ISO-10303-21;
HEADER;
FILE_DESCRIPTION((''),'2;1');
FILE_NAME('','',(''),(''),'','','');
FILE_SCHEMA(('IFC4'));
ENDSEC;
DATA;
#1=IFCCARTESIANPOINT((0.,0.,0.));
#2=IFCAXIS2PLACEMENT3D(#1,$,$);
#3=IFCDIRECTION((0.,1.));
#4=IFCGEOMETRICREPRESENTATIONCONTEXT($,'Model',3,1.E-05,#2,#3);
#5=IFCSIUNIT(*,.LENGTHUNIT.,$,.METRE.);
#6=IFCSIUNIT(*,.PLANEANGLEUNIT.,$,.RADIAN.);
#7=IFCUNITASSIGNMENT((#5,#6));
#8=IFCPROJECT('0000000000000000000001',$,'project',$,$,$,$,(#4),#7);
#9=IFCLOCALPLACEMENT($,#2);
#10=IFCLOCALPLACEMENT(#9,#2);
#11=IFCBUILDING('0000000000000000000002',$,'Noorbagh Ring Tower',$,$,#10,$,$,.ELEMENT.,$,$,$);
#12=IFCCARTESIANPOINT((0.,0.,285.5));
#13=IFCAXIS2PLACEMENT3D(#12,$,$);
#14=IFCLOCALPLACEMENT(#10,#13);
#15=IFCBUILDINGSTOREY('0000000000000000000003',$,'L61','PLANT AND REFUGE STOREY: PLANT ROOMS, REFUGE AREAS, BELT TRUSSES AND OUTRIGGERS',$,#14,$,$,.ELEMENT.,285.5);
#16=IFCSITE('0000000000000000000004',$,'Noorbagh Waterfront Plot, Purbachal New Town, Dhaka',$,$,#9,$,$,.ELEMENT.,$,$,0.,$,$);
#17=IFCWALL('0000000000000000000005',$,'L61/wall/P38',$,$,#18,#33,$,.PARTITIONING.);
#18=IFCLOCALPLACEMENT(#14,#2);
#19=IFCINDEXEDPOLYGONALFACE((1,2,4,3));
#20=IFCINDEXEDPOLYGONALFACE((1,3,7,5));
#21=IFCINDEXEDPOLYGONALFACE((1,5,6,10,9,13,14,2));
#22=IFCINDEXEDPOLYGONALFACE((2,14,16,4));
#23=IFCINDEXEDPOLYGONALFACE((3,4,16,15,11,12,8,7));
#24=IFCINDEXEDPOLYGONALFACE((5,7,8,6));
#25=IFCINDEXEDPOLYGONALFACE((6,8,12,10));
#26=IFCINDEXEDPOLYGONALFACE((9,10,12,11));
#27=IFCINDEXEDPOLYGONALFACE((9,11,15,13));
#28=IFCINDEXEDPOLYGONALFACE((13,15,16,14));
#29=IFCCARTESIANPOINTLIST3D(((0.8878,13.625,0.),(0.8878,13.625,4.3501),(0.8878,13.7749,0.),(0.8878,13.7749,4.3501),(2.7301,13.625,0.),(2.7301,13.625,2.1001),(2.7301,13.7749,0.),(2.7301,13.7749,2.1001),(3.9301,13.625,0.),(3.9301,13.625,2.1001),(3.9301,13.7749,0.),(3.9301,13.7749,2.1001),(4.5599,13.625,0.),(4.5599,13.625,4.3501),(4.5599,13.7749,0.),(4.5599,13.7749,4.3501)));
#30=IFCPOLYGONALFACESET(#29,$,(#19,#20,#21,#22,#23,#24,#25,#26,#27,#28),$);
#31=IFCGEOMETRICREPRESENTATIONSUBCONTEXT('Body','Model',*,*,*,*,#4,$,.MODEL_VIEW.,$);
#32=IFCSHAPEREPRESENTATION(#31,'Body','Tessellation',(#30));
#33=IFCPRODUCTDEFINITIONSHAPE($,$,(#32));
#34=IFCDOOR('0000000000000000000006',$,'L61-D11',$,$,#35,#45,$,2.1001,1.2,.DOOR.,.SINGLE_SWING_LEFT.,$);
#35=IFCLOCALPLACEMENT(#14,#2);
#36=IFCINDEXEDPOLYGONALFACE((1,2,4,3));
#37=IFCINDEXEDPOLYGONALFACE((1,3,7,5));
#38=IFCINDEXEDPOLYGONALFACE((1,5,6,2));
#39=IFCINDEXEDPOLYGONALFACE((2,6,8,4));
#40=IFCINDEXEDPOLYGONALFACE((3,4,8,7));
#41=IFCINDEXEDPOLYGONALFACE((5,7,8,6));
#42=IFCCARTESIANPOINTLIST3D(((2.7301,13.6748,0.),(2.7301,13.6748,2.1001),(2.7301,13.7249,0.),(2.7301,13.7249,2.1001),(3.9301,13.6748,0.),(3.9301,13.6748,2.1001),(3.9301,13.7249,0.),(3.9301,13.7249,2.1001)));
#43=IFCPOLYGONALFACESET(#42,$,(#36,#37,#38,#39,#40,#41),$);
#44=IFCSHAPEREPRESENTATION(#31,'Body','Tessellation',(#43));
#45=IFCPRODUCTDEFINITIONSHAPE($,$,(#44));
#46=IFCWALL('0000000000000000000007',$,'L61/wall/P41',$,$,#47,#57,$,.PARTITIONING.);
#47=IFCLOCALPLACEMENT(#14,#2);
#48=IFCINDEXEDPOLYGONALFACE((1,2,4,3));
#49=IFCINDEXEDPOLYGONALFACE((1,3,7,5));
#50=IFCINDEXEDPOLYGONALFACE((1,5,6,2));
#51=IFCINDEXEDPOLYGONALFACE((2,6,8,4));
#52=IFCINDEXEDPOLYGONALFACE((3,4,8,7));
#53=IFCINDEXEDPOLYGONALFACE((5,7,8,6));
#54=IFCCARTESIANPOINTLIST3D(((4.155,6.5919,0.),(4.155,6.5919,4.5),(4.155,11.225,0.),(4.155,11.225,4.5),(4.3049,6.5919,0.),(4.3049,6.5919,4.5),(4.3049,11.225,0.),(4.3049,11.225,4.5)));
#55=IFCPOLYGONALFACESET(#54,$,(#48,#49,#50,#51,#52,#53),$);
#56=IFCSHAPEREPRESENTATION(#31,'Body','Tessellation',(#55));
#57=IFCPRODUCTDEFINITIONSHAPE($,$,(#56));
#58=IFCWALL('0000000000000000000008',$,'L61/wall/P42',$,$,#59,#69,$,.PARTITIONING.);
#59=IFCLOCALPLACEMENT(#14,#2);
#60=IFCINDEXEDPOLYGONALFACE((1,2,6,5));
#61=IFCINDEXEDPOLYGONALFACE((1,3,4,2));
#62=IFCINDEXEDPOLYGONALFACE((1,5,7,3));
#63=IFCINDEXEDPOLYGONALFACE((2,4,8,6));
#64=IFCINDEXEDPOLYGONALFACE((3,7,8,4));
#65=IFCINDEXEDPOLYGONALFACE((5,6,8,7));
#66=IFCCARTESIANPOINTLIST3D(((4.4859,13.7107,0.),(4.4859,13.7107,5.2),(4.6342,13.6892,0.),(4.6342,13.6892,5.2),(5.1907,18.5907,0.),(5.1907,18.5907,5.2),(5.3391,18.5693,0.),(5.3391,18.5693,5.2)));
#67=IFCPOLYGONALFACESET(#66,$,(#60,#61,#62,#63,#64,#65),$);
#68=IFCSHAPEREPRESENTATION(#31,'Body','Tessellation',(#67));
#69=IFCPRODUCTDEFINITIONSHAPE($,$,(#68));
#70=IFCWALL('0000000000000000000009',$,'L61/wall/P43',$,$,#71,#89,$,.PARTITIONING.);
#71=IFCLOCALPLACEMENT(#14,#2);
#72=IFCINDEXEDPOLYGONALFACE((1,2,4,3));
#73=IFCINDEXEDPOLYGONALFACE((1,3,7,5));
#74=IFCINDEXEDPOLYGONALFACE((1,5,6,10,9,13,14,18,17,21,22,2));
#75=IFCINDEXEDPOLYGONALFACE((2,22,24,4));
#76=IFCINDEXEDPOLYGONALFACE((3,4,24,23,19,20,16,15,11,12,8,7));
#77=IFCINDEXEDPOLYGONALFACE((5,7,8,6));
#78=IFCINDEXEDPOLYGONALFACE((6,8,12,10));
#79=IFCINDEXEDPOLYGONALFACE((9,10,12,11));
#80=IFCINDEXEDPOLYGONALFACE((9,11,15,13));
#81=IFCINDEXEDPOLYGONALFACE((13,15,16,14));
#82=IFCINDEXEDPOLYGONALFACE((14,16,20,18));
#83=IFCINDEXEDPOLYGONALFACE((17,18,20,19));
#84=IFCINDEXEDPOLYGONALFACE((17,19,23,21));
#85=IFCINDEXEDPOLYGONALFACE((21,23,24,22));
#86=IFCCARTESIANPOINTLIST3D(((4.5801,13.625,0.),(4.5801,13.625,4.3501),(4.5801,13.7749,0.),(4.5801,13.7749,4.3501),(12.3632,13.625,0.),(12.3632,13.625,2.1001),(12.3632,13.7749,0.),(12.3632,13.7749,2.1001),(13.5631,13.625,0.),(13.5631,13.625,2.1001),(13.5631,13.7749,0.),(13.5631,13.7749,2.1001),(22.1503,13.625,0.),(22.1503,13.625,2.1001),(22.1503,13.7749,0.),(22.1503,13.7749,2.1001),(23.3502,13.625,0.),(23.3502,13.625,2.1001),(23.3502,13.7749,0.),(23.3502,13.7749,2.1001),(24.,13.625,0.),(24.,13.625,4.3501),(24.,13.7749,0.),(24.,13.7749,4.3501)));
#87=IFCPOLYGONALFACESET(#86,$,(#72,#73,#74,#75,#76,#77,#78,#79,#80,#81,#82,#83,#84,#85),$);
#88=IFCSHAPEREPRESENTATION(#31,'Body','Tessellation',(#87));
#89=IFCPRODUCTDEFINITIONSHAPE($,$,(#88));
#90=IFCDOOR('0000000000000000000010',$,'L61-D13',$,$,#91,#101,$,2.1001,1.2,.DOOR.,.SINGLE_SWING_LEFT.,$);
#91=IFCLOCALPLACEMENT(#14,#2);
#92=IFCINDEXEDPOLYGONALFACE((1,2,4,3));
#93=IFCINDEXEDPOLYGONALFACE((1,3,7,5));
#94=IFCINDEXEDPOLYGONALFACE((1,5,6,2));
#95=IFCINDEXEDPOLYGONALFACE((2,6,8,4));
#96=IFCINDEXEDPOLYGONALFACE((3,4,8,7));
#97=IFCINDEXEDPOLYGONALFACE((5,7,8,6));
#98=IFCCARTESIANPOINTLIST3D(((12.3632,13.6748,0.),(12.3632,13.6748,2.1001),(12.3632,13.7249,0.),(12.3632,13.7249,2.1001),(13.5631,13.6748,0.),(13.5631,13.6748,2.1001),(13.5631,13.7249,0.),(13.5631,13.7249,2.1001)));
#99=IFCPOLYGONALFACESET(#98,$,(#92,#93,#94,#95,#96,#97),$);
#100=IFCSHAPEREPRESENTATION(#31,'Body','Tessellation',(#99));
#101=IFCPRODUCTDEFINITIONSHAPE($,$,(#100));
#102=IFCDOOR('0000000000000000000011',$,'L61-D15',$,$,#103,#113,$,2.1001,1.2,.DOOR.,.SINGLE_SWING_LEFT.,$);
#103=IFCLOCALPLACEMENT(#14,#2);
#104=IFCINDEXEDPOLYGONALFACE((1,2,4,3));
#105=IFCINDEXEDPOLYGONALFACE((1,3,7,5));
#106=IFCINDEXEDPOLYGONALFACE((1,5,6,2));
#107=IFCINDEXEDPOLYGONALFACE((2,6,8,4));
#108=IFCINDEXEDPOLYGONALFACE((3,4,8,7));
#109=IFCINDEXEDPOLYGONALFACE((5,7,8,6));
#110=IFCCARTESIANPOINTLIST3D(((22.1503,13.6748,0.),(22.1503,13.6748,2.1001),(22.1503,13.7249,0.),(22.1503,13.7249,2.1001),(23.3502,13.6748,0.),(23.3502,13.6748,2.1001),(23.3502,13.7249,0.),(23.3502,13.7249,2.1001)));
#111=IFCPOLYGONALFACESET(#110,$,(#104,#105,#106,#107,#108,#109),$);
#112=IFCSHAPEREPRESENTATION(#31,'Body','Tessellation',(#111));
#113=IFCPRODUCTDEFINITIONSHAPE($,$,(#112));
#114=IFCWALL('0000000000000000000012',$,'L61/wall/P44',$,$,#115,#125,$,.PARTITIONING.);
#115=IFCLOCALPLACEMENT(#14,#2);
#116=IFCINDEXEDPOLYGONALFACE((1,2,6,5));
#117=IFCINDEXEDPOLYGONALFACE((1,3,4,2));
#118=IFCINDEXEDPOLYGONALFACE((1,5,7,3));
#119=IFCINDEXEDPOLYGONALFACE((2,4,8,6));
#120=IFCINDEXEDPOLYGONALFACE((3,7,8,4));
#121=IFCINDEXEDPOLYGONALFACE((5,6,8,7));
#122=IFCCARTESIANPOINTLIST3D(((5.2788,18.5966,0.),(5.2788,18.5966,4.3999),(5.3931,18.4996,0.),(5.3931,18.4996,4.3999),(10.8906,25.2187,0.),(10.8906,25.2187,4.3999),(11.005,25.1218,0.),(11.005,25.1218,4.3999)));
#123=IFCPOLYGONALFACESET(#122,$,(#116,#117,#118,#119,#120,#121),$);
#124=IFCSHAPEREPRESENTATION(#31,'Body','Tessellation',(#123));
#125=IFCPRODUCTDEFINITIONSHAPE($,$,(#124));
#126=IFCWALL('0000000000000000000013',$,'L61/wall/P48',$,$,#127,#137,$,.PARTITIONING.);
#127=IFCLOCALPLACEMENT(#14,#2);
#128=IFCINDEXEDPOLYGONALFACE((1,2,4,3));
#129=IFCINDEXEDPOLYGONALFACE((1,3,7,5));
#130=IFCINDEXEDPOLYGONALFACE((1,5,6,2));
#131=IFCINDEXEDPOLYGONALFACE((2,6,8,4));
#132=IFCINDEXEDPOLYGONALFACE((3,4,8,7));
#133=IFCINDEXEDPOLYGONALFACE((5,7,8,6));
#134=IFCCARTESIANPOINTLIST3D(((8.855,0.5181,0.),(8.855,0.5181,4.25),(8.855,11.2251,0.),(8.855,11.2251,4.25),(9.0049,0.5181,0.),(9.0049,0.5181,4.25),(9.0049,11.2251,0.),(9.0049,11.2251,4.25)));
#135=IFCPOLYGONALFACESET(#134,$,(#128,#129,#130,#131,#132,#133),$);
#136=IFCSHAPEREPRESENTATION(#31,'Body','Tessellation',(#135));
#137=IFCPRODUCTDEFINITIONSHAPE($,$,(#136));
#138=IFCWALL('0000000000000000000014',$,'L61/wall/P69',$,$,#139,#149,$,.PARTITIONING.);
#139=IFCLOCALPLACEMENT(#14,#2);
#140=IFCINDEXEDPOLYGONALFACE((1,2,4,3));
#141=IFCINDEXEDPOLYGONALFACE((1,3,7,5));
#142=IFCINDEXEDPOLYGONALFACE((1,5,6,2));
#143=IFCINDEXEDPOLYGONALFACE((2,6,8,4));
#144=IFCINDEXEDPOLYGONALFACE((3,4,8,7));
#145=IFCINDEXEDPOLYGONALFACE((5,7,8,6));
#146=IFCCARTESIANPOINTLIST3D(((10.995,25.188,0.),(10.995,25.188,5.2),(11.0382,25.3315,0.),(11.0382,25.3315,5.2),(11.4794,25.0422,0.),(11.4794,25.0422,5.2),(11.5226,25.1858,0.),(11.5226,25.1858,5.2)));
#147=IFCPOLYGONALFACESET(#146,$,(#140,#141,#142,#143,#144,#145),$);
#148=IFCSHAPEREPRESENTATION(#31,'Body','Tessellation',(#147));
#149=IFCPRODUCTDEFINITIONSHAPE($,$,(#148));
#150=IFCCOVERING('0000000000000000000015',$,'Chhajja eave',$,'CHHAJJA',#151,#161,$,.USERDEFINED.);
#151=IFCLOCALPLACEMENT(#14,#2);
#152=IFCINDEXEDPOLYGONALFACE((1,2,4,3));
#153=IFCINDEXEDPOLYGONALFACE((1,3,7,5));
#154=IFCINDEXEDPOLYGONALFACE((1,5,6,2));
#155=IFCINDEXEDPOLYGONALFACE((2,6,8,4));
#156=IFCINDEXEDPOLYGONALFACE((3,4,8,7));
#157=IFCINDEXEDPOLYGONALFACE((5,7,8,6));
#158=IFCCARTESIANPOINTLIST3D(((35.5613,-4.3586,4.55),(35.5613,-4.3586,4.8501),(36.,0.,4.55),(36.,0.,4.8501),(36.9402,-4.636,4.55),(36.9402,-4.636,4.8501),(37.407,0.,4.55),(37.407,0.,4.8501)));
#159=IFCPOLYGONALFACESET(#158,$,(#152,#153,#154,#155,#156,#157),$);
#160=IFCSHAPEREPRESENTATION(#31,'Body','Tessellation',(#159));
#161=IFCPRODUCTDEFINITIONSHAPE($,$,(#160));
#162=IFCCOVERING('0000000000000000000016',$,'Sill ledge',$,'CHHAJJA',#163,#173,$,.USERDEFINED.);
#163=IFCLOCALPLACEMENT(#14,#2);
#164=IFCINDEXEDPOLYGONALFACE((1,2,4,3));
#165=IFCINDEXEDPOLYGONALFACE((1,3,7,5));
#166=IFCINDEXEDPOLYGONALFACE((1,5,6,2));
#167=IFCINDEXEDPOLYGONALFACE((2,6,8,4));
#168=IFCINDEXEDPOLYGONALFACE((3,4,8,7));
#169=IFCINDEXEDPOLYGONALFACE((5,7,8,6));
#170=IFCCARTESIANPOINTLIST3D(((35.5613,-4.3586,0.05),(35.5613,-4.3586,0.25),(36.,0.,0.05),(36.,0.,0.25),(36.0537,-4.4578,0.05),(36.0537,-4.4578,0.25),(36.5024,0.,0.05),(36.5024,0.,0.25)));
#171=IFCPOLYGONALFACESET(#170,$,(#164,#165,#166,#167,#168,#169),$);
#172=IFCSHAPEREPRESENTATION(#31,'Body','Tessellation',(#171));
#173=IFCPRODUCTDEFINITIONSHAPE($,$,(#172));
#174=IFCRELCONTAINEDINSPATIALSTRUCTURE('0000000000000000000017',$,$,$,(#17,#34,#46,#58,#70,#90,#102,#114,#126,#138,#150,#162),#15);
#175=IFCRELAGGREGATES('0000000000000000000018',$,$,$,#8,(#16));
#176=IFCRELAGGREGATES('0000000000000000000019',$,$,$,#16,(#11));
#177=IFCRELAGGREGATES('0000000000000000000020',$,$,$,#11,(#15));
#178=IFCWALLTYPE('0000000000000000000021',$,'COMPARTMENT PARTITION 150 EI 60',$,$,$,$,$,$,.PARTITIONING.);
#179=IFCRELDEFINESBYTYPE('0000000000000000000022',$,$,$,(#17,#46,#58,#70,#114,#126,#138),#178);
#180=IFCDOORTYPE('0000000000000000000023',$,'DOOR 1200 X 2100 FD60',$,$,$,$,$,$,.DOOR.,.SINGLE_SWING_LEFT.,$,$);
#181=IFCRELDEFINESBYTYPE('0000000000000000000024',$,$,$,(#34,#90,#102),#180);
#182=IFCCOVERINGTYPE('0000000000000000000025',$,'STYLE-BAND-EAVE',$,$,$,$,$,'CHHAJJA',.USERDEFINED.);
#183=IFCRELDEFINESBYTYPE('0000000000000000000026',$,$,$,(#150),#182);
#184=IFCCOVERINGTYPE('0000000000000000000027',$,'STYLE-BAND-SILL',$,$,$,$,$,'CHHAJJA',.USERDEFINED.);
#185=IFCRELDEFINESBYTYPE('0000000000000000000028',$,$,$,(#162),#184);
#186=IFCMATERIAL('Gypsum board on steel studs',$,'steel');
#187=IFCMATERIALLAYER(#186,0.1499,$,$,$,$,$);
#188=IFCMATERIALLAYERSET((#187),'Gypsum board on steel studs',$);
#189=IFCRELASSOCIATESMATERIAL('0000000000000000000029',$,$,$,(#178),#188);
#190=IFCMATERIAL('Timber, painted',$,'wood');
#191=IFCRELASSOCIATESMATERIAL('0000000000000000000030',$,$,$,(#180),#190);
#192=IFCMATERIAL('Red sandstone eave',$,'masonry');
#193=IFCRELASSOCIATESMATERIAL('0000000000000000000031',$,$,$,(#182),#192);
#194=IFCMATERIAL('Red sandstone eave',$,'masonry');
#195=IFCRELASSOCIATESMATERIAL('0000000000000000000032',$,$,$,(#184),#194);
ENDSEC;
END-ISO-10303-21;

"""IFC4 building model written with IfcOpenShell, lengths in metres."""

from ifc_helpers import new_model, si_unit, direction, frame, frame_2d, origin, place, context, subcontext, project, spatial, polyline, rectangle, outline, extrude, material, layer, layer_set, type_object, element, fill, save


model = new_model("IFC4")

# Units and contexts
model_context = context("Model", 3, precision=1e-05, world=origin(), true_north=direction((0.0, 1.0)))
body_context = subcontext(model_context, "Body", "Model", "MODEL_VIEW")
ifc_project = project(units=[si_unit("LENGTHUNIT", "METRE"), si_unit("PLANEANGLEUNIT", "RADIAN")], contexts=[model_context])

# Site, building, storey
site_placement = place(None, origin())
site = spatial("IfcSite", under=ifc_project, at=site_placement, Name="Noorbagh Waterfront Plot, Purbachal New Town, Dhaka", CompositionType="ELEMENT", RefElevation=0.0)
building_placement = place(site_placement, origin())
building = spatial("IfcBuilding", under=site, at=building_placement, Name="Noorbagh Ring Tower", CompositionType="ELEMENT")
storey_placement = place(building_placement, frame((0.0, 0.0, 285.5)))
storey = spatial("IfcBuildingStorey", under=building, at=storey_placement, Name="L61", Description="PLANT AND REFUGE STOREY: PLANT ROOMS, REFUGE AREAS, BELT TRUSSES AND OUTRIGGERS", CompositionType="ELEMENT", Elevation=285.5)

# Shared definitions
ifc_material_1 = material(Name="Gypsum board on steel studs", Category="steel")
ifc_layer = layer(ifc_material_1, 0.1499)
ifc_layer_set = layer_set([ifc_layer], Name="Gypsum board on steel studs")
wall_type = type_object("IfcWallType", Name="COMPARTMENT PARTITION 150 EI 60", PredefinedType="PARTITIONING", material=ifc_layer_set)

# Wall, opening, door
wall_1_placement = place(storey_placement, frame((0.8879, 13.7, 0.0), z_axis=(0.0, 0.0, 1.0), x_axis=(1.0, 0.0, 0.0)))
wall_1 = element("IfcWall", 1, at=wall_1_placement, inside=storey, type_object=wall_type, Name="L61/wall/P38", PredefinedType="PARTITIONING", context=body_context, shape_type="SweptSolid", body=[
    extrude(rectangle(XDim=3.6721, YDim=0.1499, at=frame_2d((1.8359, 0.0))), origin(), (0.0, 0.0, 1.0), 4.3501),
])
opening_1_placement = place(wall_1_placement, frame((1.842, 0.0, 0.0)))
opening_1 = element("IfcOpeningElement", 2, at=opening_1_placement, cuts=wall_1, PredefinedType="OPENING", context=body_context, shape_type="SweptSolid", body=[
    extrude(rectangle(XDim=1.2, YDim=2.1001, at=frame_2d((0.6001, 1.05))), frame((0.0, 0.085, 0.0), z_axis=(0.0, -1.0, 0.0), x_axis=(1.0, 0.0, 0.0)), (0.0, 0.0, 1.0), 0.1699),
])
ifc_material_2 = material(Name="Timber, painted", Category="wood")
door_type = type_object("IfcDoorType", Name="DOOR 1200 X 2100 FD60", OperationType="SINGLE_SWING_LEFT", PredefinedType="DOOR", material=ifc_material_2)
door_1_placement = place(opening_1_placement, origin())
door_1 = element("IfcDoor", 3, at=door_1_placement, inside=storey, type_object=door_type, Name="L61-D11", OperationType="SINGLE_SWING_LEFT", OverallHeight=2.1001, OverallWidth=1.2, PredefinedType="DOOR", context=body_context, shape_type="SweptSolid", body=[
    extrude(rectangle(XDim=1.2, YDim=2.1001, at=frame_2d((0.6001, 1.05))), frame((0.0, 0.0249, 0.0), z_axis=(0.0, -1.0, 0.0), x_axis=(1.0, 0.0, 0.0)), (0.0, 0.0, 1.0), 0.05),
])
fill(opening_1, door_1)

# Walls
wall_2_placement = place(storey_placement, frame((4.23, 6.592, 0.0), z_axis=(0.0, 0.0, 1.0), x_axis=(0.0, 1.0, 0.0)))
element("IfcWall", 4, at=wall_2_placement, inside=storey, type_object=wall_type, Name="L61/wall/P41", PredefinedType="PARTITIONING", context=body_context, shape_type="SweptSolid", body=[
    extrude(rectangle(XDim=4.6331, YDim=0.1499, at=frame_2d((2.3164, 0.0))), origin(), (0.0, 0.0, 1.0), 4.5),
])
wall_3_placement = place(storey_placement, frame((4.5601, 13.7, 0.0), z_axis=(0.0, 0.0, 1.0), x_axis=(0.142946, 0.98973, 0.0)))
element("IfcWall", 5, at=wall_3_placement, inside=storey, type_object=wall_type, Name="L61/wall/P42", PredefinedType="PARTITIONING", context=body_context, shape_type="SweptSolid", body=[
    extrude(rectangle(XDim=4.9307, YDim=0.1499, at=frame_2d((2.4653, 0.0))), origin(), (0.0, 0.0, 1.0), 5.2),
])

# Wall, openings, doors
wall_4_placement = place(storey_placement, frame((4.5801, 13.7, 0.0), z_axis=(0.0, 0.0, 1.0), x_axis=(1.0, 0.0, 0.0)))
wall_4 = element("IfcWall", 6, at=wall_4_placement, inside=storey, type_object=wall_type, Name="L61/wall/P43", PredefinedType="PARTITIONING", context=body_context, shape_type="SweptSolid", body=[
    extrude(rectangle(XDim=19.4199, YDim=0.1499, at=frame_2d((9.71, 0.0))), origin(), (0.0, 0.0, 1.0), 4.3501),
])
opening_2_placement = place(wall_4_placement, frame((7.783, 0.0, 0.0)))
opening_2 = element("IfcOpeningElement", 7, at=opening_2_placement, cuts=wall_4, PredefinedType="OPENING", context=body_context, shape_type="SweptSolid", body=[
    extrude(rectangle(XDim=1.2, YDim=2.1001, at=frame_2d((0.6001, 1.05))), frame((0.0, 0.085, 0.0), z_axis=(0.0, -1.0, 0.0), x_axis=(1.0, 0.0, 0.0)), (0.0, 0.0, 1.0), 0.1699),
])
opening_3_placement = place(wall_4_placement, frame((17.5701, 0.0, 0.0)))
opening_3 = element("IfcOpeningElement", 8, at=opening_3_placement, cuts=wall_4, PredefinedType="OPENING", context=body_context, shape_type="SweptSolid", body=[
    extrude(rectangle(XDim=1.2, YDim=2.1001, at=frame_2d((0.6001, 1.05))), frame((0.0, 0.085, 0.0), z_axis=(0.0, -1.0, 0.0), x_axis=(1.0, 0.0, 0.0)), (0.0, 0.0, 1.0), 0.1699),
])
door_2_placement = place(opening_2_placement, origin())
door_2 = element("IfcDoor", 9, at=door_2_placement, inside=storey, type_object=door_type, Name="L61-D13", OperationType="SINGLE_SWING_LEFT", OverallHeight=2.1001, OverallWidth=1.2, PredefinedType="DOOR", context=body_context, shape_type="SweptSolid", body=[
    extrude(rectangle(XDim=1.2, YDim=2.1001, at=frame_2d((0.6001, 1.05))), frame((0.0, 0.0249, 0.0), z_axis=(0.0, -1.0, 0.0), x_axis=(1.0, 0.0, 0.0)), (0.0, 0.0, 1.0), 0.05),
])
fill(opening_2, door_2)
door_3_placement = place(opening_3_placement, origin())
door_3 = element("IfcDoor", 10, at=door_3_placement, inside=storey, type_object=door_type, Name="L61-D15", OperationType="SINGLE_SWING_LEFT", OverallHeight=2.1001, OverallWidth=1.2, PredefinedType="DOOR", context=body_context, shape_type="SweptSolid", body=[
    extrude(rectangle(XDim=1.2, YDim=2.1001, at=frame_2d((0.6001, 1.05))), frame((0.0, 0.0249, 0.0), z_axis=(0.0, -1.0, 0.0), x_axis=(1.0, 0.0, 0.0)), (0.0, 0.0, 1.0), 0.05),
])
fill(opening_3, door_3)

# Walls
wall_5_placement = place(storey_placement, frame((5.3359, 18.5481, 0.0), z_axis=(0.0, 0.0, 1.0), x_axis=(0.646514, 0.762902, 0.0)))
element("IfcWall", 11, at=wall_5_placement, inside=storey, type_object=wall_type, Name="L61/wall/P44", PredefinedType="PARTITIONING", context=body_context, shape_type="SweptSolid", body=[
    extrude(rectangle(XDim=8.6802, YDim=0.1499, at=frame_2d((4.3401, 0.0))), origin(), (0.0, 0.0, 1.0), 4.3999),
])
wall_6_placement = place(storey_placement, frame((8.9299, 0.5181, 0.0), z_axis=(0.0, 0.0, 1.0), x_axis=(0.0, 1.0, 0.0)))
element("IfcWall", 12, at=wall_6_placement, inside=storey, type_object=wall_type, Name="L61/wall/P48", PredefinedType="PARTITIONING", context=body_context, shape_type="SweptSolid", body=[
    extrude(rectangle(XDim=10.707, YDim=0.1499, at=frame_2d((5.3535, 0.0))), origin(), (0.0, 0.0, 1.0), 4.25),
])
wall_7_placement = place(storey_placement, frame((11.501, 25.114, 0.0), z_axis=(0.0, 0.0, 1.0), x_axis=(-0.957587, 0.288145, 0.0)))
element("IfcWall", 13, at=wall_7_placement, inside=storey, type_object=wall_type, Name="L61/wall/P69", PredefinedType="PARTITIONING", context=body_context, shape_type="SweptSolid", body=[
    extrude(rectangle(XDim=0.5059, YDim=0.1499, at=frame_2d((0.2529, 0.0))), origin(), (0.0, 0.0, 1.0), 5.2),
])

# Coverings
ifc_material_3 = material(Name="Red sandstone eave", Category="masonry")
covering_type_1 = type_object("IfcCoveringType", Name="STYLE-BAND-EAVE", ElementType="CHHAJJA", PredefinedType="USERDEFINED", material=ifc_material_3)
covering_1_placement = place(storey_placement, frame((0.0, 0.0, 4.55)))
element("IfcCovering", 14, at=covering_1_placement, inside=storey, type_object=covering_type_1, Name="Chhajja eave", ObjectType="CHHAJJA", PredefinedType="USERDEFINED", context=body_context, shape_type="SweptSolid", body=[
    extrude(outline(polyline([(35.5613, -4.3586), (36.0, 0.0), (37.407, 0.0), (36.9402, -4.636), (35.5613, -4.3586)])), origin(), (0.0, 0.0, 1.0), 0.3),
])
ifc_material_4 = material(Name="Red sandstone eave", Category="masonry")
covering_type_2 = type_object("IfcCoveringType", Name="STYLE-BAND-SILL", ElementType="CHHAJJA", PredefinedType="USERDEFINED", material=ifc_material_4)
covering_2_placement = place(storey_placement, frame((0.0, 0.0, 0.05)))
element("IfcCovering", 15, at=covering_2_placement, inside=storey, type_object=covering_type_2, Name="Sill ledge", ObjectType="CHHAJJA", PredefinedType="USERDEFINED", context=body_context, shape_type="SweptSolid", body=[
    extrude(outline(polyline([(35.5613, -4.3586), (36.0, 0.0), (36.5024, 0.0), (36.0537, -4.4578), (35.5613, -4.3586)])), origin(), (0.0, 0.0, 1.0), 0.2),
])

save(model, "model.ifc")
